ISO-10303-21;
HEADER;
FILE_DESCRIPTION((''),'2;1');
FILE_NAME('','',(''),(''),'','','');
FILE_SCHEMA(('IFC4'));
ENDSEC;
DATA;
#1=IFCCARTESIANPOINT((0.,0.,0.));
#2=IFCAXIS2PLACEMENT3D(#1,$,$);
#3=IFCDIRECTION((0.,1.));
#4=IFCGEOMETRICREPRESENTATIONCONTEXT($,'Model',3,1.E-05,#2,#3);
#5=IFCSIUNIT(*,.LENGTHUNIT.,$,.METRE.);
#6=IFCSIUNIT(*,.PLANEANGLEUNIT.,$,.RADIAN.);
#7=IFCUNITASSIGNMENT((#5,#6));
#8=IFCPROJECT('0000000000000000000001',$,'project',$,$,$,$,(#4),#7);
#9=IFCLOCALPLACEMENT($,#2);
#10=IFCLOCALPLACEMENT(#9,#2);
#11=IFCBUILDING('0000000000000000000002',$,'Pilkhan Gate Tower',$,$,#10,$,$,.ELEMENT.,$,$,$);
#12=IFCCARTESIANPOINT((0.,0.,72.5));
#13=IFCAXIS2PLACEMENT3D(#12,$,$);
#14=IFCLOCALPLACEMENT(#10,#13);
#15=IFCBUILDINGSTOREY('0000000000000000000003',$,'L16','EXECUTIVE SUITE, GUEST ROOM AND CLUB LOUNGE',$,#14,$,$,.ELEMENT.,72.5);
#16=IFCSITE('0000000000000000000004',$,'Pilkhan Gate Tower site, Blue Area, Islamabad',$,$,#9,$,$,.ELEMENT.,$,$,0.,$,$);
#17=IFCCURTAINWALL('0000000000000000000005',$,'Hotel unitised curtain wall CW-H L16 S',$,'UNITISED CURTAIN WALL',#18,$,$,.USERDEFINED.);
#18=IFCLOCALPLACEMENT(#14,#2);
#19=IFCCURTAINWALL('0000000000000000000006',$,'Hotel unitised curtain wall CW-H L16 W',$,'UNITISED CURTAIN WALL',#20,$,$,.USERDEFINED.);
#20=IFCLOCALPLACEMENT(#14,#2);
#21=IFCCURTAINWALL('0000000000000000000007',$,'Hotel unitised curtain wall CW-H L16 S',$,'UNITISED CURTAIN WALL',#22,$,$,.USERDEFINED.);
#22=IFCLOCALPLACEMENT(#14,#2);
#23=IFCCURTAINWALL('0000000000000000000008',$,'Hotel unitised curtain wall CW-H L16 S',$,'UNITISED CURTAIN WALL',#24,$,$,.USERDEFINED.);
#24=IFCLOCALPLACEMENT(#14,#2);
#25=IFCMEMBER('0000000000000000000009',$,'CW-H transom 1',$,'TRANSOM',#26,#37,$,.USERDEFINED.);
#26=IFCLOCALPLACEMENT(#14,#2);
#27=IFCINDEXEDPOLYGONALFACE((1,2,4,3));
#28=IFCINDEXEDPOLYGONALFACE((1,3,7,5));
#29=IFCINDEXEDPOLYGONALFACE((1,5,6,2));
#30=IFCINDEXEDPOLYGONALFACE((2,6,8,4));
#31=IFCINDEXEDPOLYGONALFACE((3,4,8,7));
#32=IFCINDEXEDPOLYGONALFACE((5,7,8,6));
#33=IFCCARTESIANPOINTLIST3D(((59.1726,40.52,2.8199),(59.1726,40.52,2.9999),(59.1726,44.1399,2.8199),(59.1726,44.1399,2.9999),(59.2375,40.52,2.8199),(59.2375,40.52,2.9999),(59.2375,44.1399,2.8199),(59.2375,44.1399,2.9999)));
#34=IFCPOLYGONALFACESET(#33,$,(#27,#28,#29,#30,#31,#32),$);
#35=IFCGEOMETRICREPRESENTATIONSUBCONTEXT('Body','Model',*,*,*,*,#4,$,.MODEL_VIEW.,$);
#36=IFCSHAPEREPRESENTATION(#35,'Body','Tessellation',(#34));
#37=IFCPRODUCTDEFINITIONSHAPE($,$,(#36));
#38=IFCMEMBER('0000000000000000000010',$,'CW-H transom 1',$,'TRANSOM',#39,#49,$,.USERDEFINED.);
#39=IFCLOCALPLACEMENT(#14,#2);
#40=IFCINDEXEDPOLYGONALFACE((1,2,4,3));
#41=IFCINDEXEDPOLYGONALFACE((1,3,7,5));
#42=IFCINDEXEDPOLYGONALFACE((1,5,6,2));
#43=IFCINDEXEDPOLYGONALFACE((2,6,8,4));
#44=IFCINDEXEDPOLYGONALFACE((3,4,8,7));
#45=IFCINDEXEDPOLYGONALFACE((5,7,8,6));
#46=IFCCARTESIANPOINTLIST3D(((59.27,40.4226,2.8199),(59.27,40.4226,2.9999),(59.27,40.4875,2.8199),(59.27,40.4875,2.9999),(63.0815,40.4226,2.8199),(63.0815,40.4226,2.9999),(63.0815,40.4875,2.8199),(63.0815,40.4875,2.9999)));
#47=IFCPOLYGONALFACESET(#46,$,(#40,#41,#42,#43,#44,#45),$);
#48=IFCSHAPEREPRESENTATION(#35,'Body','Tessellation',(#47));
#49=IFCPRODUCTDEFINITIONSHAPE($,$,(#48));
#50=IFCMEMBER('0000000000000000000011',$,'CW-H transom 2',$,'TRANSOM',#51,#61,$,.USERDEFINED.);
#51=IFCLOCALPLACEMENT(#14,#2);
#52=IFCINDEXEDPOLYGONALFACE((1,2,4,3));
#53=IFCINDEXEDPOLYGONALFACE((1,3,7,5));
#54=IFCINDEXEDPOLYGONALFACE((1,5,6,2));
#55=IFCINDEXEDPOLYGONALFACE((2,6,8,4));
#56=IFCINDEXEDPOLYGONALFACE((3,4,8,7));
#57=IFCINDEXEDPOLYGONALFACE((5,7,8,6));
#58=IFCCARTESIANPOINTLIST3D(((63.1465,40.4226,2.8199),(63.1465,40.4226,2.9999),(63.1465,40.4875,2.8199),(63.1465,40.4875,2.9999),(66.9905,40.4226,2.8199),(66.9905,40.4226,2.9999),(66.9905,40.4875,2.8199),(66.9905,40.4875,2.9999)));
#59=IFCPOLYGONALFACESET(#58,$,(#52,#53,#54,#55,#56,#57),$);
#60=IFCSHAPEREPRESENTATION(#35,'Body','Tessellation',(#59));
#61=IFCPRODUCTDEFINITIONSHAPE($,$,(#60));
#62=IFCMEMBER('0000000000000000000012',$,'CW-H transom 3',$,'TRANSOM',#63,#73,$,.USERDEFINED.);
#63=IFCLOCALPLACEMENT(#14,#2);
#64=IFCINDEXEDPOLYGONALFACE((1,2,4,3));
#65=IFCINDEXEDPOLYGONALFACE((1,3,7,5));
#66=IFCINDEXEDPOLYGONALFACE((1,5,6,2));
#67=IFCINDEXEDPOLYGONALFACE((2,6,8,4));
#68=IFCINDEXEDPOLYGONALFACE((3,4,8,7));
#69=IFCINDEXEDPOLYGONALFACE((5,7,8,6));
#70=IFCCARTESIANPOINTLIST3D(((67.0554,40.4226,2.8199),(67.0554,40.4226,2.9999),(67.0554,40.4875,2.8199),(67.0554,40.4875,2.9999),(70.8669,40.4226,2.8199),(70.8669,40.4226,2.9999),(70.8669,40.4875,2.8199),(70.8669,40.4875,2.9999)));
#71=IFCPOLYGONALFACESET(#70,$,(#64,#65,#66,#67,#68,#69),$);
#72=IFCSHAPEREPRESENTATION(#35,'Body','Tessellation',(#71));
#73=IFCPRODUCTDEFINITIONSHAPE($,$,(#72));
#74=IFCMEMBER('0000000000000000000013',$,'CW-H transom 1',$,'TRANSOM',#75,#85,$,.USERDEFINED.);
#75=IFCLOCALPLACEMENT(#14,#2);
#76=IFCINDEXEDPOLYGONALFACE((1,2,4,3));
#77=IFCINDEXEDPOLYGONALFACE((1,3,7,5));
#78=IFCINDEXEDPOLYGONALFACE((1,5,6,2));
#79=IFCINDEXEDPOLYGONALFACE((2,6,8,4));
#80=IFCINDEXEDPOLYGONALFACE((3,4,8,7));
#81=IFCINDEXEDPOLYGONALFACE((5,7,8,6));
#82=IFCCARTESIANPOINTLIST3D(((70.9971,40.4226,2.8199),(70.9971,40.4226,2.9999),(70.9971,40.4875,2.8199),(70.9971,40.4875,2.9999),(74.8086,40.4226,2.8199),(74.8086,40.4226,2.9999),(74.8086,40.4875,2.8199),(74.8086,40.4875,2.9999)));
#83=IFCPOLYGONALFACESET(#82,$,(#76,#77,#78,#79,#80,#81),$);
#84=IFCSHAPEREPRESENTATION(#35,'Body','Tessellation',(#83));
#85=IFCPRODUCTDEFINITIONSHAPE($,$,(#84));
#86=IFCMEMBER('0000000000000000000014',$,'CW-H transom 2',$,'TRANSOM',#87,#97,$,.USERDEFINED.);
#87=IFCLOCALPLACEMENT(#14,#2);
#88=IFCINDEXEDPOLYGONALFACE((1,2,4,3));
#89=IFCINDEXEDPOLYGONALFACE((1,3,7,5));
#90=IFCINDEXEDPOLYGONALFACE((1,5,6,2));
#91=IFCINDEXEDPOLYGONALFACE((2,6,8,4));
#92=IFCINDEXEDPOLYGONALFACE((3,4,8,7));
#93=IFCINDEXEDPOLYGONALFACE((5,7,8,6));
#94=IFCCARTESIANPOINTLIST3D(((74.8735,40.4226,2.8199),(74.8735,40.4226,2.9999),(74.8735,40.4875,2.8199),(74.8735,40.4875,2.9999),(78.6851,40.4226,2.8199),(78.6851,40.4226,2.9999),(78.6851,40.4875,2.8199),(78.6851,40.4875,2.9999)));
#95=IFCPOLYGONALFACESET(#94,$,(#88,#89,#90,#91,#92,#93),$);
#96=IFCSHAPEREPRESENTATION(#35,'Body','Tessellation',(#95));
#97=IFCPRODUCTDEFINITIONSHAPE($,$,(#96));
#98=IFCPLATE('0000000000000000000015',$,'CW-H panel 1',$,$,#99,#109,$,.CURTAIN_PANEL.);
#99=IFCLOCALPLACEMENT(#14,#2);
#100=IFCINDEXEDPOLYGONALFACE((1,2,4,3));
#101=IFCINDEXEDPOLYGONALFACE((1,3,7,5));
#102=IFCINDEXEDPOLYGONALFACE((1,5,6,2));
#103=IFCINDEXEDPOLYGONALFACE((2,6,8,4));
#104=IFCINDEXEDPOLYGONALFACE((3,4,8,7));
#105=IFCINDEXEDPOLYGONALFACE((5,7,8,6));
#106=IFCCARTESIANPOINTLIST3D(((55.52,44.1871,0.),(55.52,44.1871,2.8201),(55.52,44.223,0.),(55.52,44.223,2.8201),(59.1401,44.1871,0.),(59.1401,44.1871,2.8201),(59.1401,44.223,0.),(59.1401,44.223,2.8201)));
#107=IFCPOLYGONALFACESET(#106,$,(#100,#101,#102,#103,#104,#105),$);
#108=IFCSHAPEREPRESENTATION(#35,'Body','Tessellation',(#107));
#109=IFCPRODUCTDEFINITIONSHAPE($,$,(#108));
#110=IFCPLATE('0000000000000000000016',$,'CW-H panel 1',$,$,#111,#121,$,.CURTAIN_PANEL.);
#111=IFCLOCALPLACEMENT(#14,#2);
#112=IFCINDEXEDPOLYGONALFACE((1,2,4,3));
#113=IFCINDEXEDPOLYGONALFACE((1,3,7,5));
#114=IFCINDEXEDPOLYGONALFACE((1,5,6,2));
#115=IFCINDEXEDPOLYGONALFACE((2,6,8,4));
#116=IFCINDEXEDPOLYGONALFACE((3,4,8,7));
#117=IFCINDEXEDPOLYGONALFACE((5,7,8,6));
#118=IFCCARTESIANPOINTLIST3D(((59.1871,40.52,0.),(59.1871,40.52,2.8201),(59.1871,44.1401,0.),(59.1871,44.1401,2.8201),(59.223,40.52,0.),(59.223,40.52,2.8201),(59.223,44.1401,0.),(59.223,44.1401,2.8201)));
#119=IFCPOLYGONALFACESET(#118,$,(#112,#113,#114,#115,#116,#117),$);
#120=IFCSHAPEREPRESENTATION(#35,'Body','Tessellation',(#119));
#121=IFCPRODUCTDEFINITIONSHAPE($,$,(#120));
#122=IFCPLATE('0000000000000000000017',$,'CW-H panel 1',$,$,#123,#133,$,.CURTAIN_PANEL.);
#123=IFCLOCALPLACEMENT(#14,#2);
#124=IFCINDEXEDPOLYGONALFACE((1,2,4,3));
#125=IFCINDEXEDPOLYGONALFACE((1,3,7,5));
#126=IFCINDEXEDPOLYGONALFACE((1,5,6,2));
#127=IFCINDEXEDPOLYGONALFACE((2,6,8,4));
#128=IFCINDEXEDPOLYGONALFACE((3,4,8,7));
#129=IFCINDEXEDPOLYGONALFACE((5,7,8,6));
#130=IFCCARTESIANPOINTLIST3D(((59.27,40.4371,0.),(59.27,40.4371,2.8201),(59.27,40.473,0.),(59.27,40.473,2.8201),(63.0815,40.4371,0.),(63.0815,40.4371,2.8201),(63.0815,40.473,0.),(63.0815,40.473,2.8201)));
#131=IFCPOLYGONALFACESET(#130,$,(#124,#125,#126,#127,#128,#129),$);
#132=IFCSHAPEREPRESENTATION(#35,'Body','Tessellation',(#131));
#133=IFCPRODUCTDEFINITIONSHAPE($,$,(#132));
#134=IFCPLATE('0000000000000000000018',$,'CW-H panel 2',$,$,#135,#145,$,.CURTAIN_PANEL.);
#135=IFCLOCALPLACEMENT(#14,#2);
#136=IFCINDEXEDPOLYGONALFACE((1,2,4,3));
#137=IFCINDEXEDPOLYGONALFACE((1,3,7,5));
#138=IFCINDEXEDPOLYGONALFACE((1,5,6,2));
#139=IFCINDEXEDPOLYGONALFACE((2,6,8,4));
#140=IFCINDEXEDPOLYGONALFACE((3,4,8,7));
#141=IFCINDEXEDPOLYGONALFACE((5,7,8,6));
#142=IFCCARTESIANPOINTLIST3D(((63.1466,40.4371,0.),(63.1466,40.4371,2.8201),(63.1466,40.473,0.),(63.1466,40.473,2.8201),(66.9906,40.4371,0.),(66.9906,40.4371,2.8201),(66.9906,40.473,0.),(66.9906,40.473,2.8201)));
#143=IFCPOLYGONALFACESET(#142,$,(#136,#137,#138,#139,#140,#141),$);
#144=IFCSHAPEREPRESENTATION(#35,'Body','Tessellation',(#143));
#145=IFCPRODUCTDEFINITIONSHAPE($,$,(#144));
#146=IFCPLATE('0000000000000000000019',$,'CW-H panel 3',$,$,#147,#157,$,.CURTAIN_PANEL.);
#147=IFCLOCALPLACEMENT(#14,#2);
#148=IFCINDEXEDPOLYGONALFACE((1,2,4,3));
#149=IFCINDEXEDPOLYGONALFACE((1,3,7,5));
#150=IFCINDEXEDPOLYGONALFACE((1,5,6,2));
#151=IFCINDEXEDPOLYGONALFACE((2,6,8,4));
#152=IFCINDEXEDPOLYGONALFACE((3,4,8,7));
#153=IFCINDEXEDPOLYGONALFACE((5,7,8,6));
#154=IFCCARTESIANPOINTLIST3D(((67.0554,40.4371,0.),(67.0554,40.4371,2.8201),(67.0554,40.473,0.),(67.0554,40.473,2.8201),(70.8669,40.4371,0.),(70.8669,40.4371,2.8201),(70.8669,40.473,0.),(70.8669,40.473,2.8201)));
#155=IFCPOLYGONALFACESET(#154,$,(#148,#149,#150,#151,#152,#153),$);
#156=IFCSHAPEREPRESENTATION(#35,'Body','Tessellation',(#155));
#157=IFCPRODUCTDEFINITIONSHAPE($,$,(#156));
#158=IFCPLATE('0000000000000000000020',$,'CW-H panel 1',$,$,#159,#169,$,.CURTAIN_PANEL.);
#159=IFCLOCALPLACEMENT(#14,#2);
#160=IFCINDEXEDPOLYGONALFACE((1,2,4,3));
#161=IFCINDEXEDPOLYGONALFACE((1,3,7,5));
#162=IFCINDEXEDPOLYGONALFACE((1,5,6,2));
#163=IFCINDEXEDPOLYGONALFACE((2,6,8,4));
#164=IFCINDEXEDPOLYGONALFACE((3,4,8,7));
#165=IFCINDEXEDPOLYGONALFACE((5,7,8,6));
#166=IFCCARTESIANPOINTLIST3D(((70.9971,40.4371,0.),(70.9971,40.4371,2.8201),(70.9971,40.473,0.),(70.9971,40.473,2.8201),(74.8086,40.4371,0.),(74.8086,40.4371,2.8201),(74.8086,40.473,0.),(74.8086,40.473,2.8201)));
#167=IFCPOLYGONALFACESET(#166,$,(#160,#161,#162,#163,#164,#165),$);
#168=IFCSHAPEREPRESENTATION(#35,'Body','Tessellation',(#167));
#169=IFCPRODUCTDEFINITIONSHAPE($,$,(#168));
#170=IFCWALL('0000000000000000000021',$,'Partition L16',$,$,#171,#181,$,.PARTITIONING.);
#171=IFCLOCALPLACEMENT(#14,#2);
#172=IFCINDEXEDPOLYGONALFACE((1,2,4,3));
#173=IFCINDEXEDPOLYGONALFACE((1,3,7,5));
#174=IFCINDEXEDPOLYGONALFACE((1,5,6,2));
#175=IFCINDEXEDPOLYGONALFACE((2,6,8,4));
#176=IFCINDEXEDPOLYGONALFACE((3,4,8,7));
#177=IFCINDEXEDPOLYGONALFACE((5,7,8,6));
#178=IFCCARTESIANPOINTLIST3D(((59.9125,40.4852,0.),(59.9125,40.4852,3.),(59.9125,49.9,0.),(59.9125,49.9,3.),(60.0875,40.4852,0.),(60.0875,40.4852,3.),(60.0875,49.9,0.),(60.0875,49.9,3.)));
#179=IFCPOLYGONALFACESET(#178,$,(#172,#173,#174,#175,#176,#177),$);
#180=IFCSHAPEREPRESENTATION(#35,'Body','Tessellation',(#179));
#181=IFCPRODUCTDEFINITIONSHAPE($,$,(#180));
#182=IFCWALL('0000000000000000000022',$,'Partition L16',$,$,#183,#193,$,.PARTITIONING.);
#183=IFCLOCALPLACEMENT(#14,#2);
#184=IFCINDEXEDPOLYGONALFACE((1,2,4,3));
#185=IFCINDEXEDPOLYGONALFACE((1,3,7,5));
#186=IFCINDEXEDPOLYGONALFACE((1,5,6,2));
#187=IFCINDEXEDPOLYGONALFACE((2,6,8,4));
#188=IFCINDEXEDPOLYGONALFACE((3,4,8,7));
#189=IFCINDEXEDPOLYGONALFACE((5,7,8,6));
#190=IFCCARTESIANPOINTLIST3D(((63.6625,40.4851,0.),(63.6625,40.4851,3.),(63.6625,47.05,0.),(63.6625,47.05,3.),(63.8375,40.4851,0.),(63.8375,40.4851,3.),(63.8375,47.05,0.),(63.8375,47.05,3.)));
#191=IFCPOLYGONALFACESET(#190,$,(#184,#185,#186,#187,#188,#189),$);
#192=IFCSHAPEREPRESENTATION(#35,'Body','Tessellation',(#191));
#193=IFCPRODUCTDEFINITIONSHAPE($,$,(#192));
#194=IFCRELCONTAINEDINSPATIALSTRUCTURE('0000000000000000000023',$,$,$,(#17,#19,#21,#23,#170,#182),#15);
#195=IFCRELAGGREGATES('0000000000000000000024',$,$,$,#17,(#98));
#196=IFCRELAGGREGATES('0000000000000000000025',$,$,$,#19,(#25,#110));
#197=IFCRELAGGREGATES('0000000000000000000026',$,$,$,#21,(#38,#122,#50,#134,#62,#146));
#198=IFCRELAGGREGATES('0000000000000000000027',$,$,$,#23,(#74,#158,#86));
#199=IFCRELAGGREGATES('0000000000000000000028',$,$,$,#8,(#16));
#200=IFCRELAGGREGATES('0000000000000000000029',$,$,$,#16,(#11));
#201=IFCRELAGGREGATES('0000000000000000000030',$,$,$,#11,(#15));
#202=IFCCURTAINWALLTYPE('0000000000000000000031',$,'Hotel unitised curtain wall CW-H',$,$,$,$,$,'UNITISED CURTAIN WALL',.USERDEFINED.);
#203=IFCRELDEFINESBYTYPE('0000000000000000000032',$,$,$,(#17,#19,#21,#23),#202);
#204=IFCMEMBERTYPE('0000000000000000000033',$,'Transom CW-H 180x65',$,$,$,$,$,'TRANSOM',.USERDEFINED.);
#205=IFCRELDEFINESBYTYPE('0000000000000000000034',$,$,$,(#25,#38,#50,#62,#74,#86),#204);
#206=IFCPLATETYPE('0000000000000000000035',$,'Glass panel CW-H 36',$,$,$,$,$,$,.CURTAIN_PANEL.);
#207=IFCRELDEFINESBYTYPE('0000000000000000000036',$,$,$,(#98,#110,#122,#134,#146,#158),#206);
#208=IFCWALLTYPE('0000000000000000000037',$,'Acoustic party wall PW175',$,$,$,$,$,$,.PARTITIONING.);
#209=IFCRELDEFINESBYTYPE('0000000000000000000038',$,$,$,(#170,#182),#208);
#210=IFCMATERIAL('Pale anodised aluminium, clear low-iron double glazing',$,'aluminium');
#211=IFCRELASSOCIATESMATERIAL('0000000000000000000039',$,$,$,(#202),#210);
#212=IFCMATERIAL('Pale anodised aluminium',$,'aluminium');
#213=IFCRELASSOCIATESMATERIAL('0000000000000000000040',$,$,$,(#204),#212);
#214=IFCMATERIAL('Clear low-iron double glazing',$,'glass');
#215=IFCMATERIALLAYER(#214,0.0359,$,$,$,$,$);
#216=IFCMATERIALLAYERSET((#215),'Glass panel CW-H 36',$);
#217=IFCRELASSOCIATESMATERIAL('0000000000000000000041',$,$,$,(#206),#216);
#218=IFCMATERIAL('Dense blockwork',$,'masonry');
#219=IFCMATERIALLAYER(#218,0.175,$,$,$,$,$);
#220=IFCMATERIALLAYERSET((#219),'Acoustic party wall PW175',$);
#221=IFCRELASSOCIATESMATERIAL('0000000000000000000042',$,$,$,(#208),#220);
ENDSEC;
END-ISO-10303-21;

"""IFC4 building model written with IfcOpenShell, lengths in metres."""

from ifc_helpers import new_model, si_unit, direction, frame, frame_2d, origin, origin_2d, place, context, subcontext, project, spatial, rectangle, extrude, material, layer, layer_set, material_profile, profile_set, type_object, element, aggregate, save


model = new_model("IFC4")

# Units and contexts
model_context = context("Model", 3, precision=1e-05, world=origin(), true_north=direction((0.0, 1.0)))
body_context = subcontext(model_context, "Body", "Model", "MODEL_VIEW")
ifc_project = project(units=[si_unit("LENGTHUNIT", "METRE"), si_unit("PLANEANGLEUNIT", "RADIAN")], contexts=[model_context])

# Site, building, storey
site_placement = place(None, origin())
site = spatial("IfcSite", under=ifc_project, at=site_placement, Name="Pilkhan Gate Tower site, Blue Area, Islamabad", CompositionType="ELEMENT", RefElevation=0.0)
building_placement = place(site_placement, origin())
building = spatial("IfcBuilding", under=site, at=building_placement, Name="Pilkhan Gate Tower", CompositionType="ELEMENT")
storey_placement = place(building_placement, frame((0.0, 0.0, 72.5)))
storey = spatial("IfcBuildingStorey", under=building, at=storey_placement, Name="L16", Description="EXECUTIVE SUITE, GUEST ROOM AND CLUB LOUNGE", CompositionType="ELEMENT", Elevation=72.5)

# Shared definitions
ifc_material_1 = material(Name="Pale anodised aluminium, clear low-iron double glazing", Category="aluminium")
curtain_wall_type = type_object("IfcCurtainWallType", Name="Hotel unitised curtain wall CW-H", ElementType="UNITISED CURTAIN WALL", PredefinedType="USERDEFINED", material=ifc_material_1)
ifc_material_2 = material(Name="Pale anodised aluminium", Category="aluminium")

# Curtain walls
curtain_wall_1_placement = place(storey_placement, origin())
curtain_wall_1 = element("IfcCurtainWall", 1, at=curtain_wall_1_placement, inside=storey, type_object=curtain_wall_type, Name="Hotel unitised curtain wall CW-H L16 S", ObjectType="UNITISED CURTAIN WALL", PredefinedType="USERDEFINED")
curtain_wall_2_placement = place(storey_placement, origin())
curtain_wall_2 = element("IfcCurtainWall", 2, at=curtain_wall_2_placement, inside=storey, type_object=curtain_wall_type, Name="Hotel unitised curtain wall CW-H L16 W", ObjectType="UNITISED CURTAIN WALL", PredefinedType="USERDEFINED")
curtain_wall_3_placement = place(storey_placement, origin())
curtain_wall_3 = element("IfcCurtainWall", 3, at=curtain_wall_3_placement, inside=storey, type_object=curtain_wall_type, Name="Hotel unitised curtain wall CW-H L16 S", ObjectType="UNITISED CURTAIN WALL", PredefinedType="USERDEFINED")
curtain_wall_4_placement = place(storey_placement, origin())
curtain_wall_4 = element("IfcCurtainWall", 4, at=curtain_wall_4_placement, inside=storey, type_object=curtain_wall_type, Name="Hotel unitised curtain wall CW-H L16 S", ObjectType="UNITISED CURTAIN WALL", PredefinedType="USERDEFINED")

# Members
ifc_material_profile_1 = material_profile(ifc_material_2, rectangle(XDim=0.0649, YDim=0.1799, at=origin_2d()), Name="Transom 180x65")
ifc_profile_set_1 = profile_set([ifc_material_profile_1], Name="Pale anodised aluminium")
member_type_1 = type_object("IfcMemberType", Name="Transom CW-H 180x65", ElementType="TRANSOM", PredefinedType="USERDEFINED", material=ifc_profile_set_1)
member_1_placement = place(storey_placement, frame((59.2051, 40.52, 2.9099), z_axis=(0.0, 1.0, 0.0), x_axis=(-1.0, 0.0, 0.0)))
member_1 = element("IfcMember", 5, at=member_1_placement, type_object=member_type_1, Name="CW-H transom 1", ObjectType="TRANSOM", PredefinedType="USERDEFINED", context=body_context, shape_type="SweptSolid", body=[
    extrude(rectangle(XDim=0.0649, YDim=0.1799, at=origin_2d()), origin(), (0.0, 0.0, 1.0), 3.6199),
])
member_2_placement = place(storey_placement, frame((59.27, 40.4551, 2.9099), z_axis=(1.0, 0.0, 0.0), x_axis=(0.0, 1.0, 0.0)))
member_2 = element("IfcMember", 6, at=member_2_placement, type_object=member_type_1, Name="CW-H transom 1", ObjectType="TRANSOM", PredefinedType="USERDEFINED", context=body_context, shape_type="SweptSolid", body=[
    extrude(rectangle(XDim=0.0649, YDim=0.1799, at=origin_2d()), origin(), (0.0, 0.0, 1.0), 3.8115),
])
member_3_placement = place(storey_placement, frame((63.1465, 40.4551, 2.9099), z_axis=(1.0, 0.0, 0.0), x_axis=(0.0, 1.0, 0.0)))
member_3 = element("IfcMember", 7, at=member_3_placement, type_object=member_type_1, Name="CW-H transom 2", ObjectType="TRANSOM", PredefinedType="USERDEFINED", context=body_context, shape_type="SweptSolid", body=[
    extrude(rectangle(XDim=0.0649, YDim=0.1799, at=origin_2d()), origin(), (0.0, 0.0, 1.0), 3.844),
])
member_4_placement = place(storey_placement, frame((67.0554, 40.4551, 2.9099), z_axis=(1.0, 0.0, 0.0), x_axis=(0.0, 1.0, 0.0)))
member_4 = element("IfcMember", 8, at=member_4_placement, type_object=member_type_1, Name="CW-H transom 3", ObjectType="TRANSOM", PredefinedType="USERDEFINED", context=body_context, shape_type="SweptSolid", body=[
    extrude(rectangle(XDim=0.0649, YDim=0.1799, at=origin_2d()), origin(), (0.0, 0.0, 1.0), 3.8115),
])
member_5_placement = place(storey_placement, frame((70.9971, 40.4551, 2.9099), z_axis=(1.0, 0.0, 0.0), x_axis=(0.0, 1.0, 0.0)))
member_5 = element("IfcMember", 9, at=member_5_placement, type_object=member_type_1, Name="CW-H transom 1", ObjectType="TRANSOM", PredefinedType="USERDEFINED", context=body_context, shape_type="SweptSolid", body=[
    extrude(rectangle(XDim=0.0649, YDim=0.1799, at=origin_2d()), origin(), (0.0, 0.0, 1.0), 3.8115),
])
member_6_placement = place(storey_placement, frame((74.8735, 40.4551, 2.9099), z_axis=(1.0, 0.0, 0.0), x_axis=(0.0, 1.0, 0.0)))
member_6 = element("IfcMember", 10, at=member_6_placement, type_object=member_type_1, Name="CW-H transom 2", ObjectType="TRANSOM", PredefinedType="USERDEFINED", context=body_context, shape_type="SweptSolid", body=[
    extrude(rectangle(XDim=0.0649, YDim=0.1799, at=origin_2d()), origin(), (0.0, 0.0, 1.0), 3.8115),
])

# Plates
ifc_material_3 = material(Name="Clear low-iron double glazing", Category="glass")
ifc_layer_1 = layer(ifc_material_3, 0.0359)
ifc_layer_set_1 = layer_set([ifc_layer_1], Name="Glass panel CW-H 36")
plate_type = type_object("IfcPlateType", Name="Glass panel CW-H 36", PredefinedType="CURTAIN_PANEL", material=ifc_layer_set_1)
plate_1_placement = place(storey_placement, frame((57.3301, 44.2051, 0.0), z_axis=(0.0, 0.0, 1.0), x_axis=(1.0, 0.0, 0.0)))
plate_1 = element("IfcPlate", 11, at=plate_1_placement, type_object=plate_type, Name="CW-H panel 1", PredefinedType="CURTAIN_PANEL", context=body_context, shape_type="SweptSolid", body=[
    extrude(rectangle(XDim=3.6201, YDim=0.0359, at=origin_2d()), origin(), (0.0, 0.0, 1.0), 2.8201),
])
aggregate(curtain_wall_1, [plate_1])
plate_2_placement = place(storey_placement, frame((59.2051, 42.3301, 0.0), z_axis=(0.0, 0.0, 1.0), x_axis=(0.0, 1.0, 0.0)))
plate_2 = element("IfcPlate", 12, at=plate_2_placement, type_object=plate_type, Name="CW-H panel 1", PredefinedType="CURTAIN_PANEL", context=body_context, shape_type="SweptSolid", body=[
    extrude(rectangle(XDim=3.6201, YDim=0.0359, at=origin_2d()), origin(), (0.0, 0.0, 1.0), 2.8201),
])
aggregate(curtain_wall_2, [member_1, plate_2])
plate_3_placement = place(storey_placement, frame((61.1758, 40.4551, 0.0), z_axis=(0.0, 0.0, 1.0), x_axis=(1.0, 0.0, 0.0)))
plate_3 = element("IfcPlate", 13, at=plate_3_placement, type_object=plate_type, Name="CW-H panel 1", PredefinedType="CURTAIN_PANEL", context=body_context, shape_type="SweptSolid", body=[
    extrude(rectangle(XDim=3.8115, YDim=0.0359, at=origin_2d()), origin(), (0.0, 0.0, 1.0), 2.8201),
])
plate_4_placement = place(storey_placement, frame((65.0686, 40.4551, 0.0), z_axis=(0.0, 0.0, 1.0), x_axis=(1.0, 0.0, 0.0)))
plate_4 = element("IfcPlate", 14, at=plate_4_placement, type_object=plate_type, Name="CW-H panel 2", PredefinedType="CURTAIN_PANEL", context=body_context, shape_type="SweptSolid", body=[
    extrude(rectangle(XDim=3.844, YDim=0.0359, at=origin_2d()), origin(), (0.0, 0.0, 1.0), 2.8201),
])
plate_5_placement = place(storey_placement, frame((68.9612, 40.4551, 0.0), z_axis=(0.0, 0.0, 1.0), x_axis=(1.0, 0.0, 0.0)))
plate_5 = element("IfcPlate", 15, at=plate_5_placement, type_object=plate_type, Name="CW-H panel 3", PredefinedType="CURTAIN_PANEL", context=body_context, shape_type="SweptSolid", body=[
    extrude(rectangle(XDim=3.8115, YDim=0.0359, at=origin_2d()), origin(), (0.0, 0.0, 1.0), 2.8201),
])
aggregate(curtain_wall_3, [member_2, plate_3, member_3, plate_4, member_4, plate_5])
plate_6_placement = place(storey_placement, frame((72.9028, 40.4551, 0.0), z_axis=(0.0, 0.0, 1.0), x_axis=(1.0, 0.0, 0.0)))
plate_6 = element("IfcPlate", 16, at=plate_6_placement, type_object=plate_type, Name="CW-H panel 1", PredefinedType="CURTAIN_PANEL", context=body_context, shape_type="SweptSolid", body=[
    extrude(rectangle(XDim=3.8115, YDim=0.0359, at=origin_2d()), origin(), (0.0, 0.0, 1.0), 2.8201),
])
aggregate(curtain_wall_4, [member_5, plate_6, member_6])

# Walls
ifc_material_4 = material(Name="Dense blockwork", Category="masonry")
ifc_layer_2 = layer(ifc_material_4, 0.175)
ifc_layer_set_2 = layer_set([ifc_layer_2], Name="Acoustic party wall PW175")
wall_type_1 = type_object("IfcWallType", Name="Acoustic party wall PW175", PredefinedType="PARTITIONING", material=ifc_layer_set_2)
wall_1_placement = place(storey_placement, frame((60.0, 40.4851, 0.0), z_axis=(0.0, 0.0, 1.0), x_axis=(0.0, 1.0, 0.0)))
element("IfcWall", 17, at=wall_1_placement, inside=storey, type_object=wall_type_1, Name="Partition L16", PredefinedType="PARTITIONING", context=body_context, shape_type="SweptSolid", body=[
    extrude(rectangle(XDim=9.4148, YDim=0.175, at=frame_2d((4.7075, 0.0))), origin(), (0.0, 0.0, 1.0), 3.0),
])
wall_2_placement = place(storey_placement, frame((63.75, 40.4851, 0.0), z_axis=(0.0, 0.0, 1.0), x_axis=(0.0, 1.0, 0.0)))
element("IfcWall", 18, at=wall_2_placement, inside=storey, type_object=wall_type_1, Name="Partition L16", PredefinedType="PARTITIONING", context=body_context, shape_type="SweptSolid", body=[
    extrude(rectangle(XDim=6.5649, YDim=0.175, at=frame_2d((3.2825, 0.0))), origin(), (0.0, 0.0, 1.0), 3.0),
])

save(model, "model.ifc")
